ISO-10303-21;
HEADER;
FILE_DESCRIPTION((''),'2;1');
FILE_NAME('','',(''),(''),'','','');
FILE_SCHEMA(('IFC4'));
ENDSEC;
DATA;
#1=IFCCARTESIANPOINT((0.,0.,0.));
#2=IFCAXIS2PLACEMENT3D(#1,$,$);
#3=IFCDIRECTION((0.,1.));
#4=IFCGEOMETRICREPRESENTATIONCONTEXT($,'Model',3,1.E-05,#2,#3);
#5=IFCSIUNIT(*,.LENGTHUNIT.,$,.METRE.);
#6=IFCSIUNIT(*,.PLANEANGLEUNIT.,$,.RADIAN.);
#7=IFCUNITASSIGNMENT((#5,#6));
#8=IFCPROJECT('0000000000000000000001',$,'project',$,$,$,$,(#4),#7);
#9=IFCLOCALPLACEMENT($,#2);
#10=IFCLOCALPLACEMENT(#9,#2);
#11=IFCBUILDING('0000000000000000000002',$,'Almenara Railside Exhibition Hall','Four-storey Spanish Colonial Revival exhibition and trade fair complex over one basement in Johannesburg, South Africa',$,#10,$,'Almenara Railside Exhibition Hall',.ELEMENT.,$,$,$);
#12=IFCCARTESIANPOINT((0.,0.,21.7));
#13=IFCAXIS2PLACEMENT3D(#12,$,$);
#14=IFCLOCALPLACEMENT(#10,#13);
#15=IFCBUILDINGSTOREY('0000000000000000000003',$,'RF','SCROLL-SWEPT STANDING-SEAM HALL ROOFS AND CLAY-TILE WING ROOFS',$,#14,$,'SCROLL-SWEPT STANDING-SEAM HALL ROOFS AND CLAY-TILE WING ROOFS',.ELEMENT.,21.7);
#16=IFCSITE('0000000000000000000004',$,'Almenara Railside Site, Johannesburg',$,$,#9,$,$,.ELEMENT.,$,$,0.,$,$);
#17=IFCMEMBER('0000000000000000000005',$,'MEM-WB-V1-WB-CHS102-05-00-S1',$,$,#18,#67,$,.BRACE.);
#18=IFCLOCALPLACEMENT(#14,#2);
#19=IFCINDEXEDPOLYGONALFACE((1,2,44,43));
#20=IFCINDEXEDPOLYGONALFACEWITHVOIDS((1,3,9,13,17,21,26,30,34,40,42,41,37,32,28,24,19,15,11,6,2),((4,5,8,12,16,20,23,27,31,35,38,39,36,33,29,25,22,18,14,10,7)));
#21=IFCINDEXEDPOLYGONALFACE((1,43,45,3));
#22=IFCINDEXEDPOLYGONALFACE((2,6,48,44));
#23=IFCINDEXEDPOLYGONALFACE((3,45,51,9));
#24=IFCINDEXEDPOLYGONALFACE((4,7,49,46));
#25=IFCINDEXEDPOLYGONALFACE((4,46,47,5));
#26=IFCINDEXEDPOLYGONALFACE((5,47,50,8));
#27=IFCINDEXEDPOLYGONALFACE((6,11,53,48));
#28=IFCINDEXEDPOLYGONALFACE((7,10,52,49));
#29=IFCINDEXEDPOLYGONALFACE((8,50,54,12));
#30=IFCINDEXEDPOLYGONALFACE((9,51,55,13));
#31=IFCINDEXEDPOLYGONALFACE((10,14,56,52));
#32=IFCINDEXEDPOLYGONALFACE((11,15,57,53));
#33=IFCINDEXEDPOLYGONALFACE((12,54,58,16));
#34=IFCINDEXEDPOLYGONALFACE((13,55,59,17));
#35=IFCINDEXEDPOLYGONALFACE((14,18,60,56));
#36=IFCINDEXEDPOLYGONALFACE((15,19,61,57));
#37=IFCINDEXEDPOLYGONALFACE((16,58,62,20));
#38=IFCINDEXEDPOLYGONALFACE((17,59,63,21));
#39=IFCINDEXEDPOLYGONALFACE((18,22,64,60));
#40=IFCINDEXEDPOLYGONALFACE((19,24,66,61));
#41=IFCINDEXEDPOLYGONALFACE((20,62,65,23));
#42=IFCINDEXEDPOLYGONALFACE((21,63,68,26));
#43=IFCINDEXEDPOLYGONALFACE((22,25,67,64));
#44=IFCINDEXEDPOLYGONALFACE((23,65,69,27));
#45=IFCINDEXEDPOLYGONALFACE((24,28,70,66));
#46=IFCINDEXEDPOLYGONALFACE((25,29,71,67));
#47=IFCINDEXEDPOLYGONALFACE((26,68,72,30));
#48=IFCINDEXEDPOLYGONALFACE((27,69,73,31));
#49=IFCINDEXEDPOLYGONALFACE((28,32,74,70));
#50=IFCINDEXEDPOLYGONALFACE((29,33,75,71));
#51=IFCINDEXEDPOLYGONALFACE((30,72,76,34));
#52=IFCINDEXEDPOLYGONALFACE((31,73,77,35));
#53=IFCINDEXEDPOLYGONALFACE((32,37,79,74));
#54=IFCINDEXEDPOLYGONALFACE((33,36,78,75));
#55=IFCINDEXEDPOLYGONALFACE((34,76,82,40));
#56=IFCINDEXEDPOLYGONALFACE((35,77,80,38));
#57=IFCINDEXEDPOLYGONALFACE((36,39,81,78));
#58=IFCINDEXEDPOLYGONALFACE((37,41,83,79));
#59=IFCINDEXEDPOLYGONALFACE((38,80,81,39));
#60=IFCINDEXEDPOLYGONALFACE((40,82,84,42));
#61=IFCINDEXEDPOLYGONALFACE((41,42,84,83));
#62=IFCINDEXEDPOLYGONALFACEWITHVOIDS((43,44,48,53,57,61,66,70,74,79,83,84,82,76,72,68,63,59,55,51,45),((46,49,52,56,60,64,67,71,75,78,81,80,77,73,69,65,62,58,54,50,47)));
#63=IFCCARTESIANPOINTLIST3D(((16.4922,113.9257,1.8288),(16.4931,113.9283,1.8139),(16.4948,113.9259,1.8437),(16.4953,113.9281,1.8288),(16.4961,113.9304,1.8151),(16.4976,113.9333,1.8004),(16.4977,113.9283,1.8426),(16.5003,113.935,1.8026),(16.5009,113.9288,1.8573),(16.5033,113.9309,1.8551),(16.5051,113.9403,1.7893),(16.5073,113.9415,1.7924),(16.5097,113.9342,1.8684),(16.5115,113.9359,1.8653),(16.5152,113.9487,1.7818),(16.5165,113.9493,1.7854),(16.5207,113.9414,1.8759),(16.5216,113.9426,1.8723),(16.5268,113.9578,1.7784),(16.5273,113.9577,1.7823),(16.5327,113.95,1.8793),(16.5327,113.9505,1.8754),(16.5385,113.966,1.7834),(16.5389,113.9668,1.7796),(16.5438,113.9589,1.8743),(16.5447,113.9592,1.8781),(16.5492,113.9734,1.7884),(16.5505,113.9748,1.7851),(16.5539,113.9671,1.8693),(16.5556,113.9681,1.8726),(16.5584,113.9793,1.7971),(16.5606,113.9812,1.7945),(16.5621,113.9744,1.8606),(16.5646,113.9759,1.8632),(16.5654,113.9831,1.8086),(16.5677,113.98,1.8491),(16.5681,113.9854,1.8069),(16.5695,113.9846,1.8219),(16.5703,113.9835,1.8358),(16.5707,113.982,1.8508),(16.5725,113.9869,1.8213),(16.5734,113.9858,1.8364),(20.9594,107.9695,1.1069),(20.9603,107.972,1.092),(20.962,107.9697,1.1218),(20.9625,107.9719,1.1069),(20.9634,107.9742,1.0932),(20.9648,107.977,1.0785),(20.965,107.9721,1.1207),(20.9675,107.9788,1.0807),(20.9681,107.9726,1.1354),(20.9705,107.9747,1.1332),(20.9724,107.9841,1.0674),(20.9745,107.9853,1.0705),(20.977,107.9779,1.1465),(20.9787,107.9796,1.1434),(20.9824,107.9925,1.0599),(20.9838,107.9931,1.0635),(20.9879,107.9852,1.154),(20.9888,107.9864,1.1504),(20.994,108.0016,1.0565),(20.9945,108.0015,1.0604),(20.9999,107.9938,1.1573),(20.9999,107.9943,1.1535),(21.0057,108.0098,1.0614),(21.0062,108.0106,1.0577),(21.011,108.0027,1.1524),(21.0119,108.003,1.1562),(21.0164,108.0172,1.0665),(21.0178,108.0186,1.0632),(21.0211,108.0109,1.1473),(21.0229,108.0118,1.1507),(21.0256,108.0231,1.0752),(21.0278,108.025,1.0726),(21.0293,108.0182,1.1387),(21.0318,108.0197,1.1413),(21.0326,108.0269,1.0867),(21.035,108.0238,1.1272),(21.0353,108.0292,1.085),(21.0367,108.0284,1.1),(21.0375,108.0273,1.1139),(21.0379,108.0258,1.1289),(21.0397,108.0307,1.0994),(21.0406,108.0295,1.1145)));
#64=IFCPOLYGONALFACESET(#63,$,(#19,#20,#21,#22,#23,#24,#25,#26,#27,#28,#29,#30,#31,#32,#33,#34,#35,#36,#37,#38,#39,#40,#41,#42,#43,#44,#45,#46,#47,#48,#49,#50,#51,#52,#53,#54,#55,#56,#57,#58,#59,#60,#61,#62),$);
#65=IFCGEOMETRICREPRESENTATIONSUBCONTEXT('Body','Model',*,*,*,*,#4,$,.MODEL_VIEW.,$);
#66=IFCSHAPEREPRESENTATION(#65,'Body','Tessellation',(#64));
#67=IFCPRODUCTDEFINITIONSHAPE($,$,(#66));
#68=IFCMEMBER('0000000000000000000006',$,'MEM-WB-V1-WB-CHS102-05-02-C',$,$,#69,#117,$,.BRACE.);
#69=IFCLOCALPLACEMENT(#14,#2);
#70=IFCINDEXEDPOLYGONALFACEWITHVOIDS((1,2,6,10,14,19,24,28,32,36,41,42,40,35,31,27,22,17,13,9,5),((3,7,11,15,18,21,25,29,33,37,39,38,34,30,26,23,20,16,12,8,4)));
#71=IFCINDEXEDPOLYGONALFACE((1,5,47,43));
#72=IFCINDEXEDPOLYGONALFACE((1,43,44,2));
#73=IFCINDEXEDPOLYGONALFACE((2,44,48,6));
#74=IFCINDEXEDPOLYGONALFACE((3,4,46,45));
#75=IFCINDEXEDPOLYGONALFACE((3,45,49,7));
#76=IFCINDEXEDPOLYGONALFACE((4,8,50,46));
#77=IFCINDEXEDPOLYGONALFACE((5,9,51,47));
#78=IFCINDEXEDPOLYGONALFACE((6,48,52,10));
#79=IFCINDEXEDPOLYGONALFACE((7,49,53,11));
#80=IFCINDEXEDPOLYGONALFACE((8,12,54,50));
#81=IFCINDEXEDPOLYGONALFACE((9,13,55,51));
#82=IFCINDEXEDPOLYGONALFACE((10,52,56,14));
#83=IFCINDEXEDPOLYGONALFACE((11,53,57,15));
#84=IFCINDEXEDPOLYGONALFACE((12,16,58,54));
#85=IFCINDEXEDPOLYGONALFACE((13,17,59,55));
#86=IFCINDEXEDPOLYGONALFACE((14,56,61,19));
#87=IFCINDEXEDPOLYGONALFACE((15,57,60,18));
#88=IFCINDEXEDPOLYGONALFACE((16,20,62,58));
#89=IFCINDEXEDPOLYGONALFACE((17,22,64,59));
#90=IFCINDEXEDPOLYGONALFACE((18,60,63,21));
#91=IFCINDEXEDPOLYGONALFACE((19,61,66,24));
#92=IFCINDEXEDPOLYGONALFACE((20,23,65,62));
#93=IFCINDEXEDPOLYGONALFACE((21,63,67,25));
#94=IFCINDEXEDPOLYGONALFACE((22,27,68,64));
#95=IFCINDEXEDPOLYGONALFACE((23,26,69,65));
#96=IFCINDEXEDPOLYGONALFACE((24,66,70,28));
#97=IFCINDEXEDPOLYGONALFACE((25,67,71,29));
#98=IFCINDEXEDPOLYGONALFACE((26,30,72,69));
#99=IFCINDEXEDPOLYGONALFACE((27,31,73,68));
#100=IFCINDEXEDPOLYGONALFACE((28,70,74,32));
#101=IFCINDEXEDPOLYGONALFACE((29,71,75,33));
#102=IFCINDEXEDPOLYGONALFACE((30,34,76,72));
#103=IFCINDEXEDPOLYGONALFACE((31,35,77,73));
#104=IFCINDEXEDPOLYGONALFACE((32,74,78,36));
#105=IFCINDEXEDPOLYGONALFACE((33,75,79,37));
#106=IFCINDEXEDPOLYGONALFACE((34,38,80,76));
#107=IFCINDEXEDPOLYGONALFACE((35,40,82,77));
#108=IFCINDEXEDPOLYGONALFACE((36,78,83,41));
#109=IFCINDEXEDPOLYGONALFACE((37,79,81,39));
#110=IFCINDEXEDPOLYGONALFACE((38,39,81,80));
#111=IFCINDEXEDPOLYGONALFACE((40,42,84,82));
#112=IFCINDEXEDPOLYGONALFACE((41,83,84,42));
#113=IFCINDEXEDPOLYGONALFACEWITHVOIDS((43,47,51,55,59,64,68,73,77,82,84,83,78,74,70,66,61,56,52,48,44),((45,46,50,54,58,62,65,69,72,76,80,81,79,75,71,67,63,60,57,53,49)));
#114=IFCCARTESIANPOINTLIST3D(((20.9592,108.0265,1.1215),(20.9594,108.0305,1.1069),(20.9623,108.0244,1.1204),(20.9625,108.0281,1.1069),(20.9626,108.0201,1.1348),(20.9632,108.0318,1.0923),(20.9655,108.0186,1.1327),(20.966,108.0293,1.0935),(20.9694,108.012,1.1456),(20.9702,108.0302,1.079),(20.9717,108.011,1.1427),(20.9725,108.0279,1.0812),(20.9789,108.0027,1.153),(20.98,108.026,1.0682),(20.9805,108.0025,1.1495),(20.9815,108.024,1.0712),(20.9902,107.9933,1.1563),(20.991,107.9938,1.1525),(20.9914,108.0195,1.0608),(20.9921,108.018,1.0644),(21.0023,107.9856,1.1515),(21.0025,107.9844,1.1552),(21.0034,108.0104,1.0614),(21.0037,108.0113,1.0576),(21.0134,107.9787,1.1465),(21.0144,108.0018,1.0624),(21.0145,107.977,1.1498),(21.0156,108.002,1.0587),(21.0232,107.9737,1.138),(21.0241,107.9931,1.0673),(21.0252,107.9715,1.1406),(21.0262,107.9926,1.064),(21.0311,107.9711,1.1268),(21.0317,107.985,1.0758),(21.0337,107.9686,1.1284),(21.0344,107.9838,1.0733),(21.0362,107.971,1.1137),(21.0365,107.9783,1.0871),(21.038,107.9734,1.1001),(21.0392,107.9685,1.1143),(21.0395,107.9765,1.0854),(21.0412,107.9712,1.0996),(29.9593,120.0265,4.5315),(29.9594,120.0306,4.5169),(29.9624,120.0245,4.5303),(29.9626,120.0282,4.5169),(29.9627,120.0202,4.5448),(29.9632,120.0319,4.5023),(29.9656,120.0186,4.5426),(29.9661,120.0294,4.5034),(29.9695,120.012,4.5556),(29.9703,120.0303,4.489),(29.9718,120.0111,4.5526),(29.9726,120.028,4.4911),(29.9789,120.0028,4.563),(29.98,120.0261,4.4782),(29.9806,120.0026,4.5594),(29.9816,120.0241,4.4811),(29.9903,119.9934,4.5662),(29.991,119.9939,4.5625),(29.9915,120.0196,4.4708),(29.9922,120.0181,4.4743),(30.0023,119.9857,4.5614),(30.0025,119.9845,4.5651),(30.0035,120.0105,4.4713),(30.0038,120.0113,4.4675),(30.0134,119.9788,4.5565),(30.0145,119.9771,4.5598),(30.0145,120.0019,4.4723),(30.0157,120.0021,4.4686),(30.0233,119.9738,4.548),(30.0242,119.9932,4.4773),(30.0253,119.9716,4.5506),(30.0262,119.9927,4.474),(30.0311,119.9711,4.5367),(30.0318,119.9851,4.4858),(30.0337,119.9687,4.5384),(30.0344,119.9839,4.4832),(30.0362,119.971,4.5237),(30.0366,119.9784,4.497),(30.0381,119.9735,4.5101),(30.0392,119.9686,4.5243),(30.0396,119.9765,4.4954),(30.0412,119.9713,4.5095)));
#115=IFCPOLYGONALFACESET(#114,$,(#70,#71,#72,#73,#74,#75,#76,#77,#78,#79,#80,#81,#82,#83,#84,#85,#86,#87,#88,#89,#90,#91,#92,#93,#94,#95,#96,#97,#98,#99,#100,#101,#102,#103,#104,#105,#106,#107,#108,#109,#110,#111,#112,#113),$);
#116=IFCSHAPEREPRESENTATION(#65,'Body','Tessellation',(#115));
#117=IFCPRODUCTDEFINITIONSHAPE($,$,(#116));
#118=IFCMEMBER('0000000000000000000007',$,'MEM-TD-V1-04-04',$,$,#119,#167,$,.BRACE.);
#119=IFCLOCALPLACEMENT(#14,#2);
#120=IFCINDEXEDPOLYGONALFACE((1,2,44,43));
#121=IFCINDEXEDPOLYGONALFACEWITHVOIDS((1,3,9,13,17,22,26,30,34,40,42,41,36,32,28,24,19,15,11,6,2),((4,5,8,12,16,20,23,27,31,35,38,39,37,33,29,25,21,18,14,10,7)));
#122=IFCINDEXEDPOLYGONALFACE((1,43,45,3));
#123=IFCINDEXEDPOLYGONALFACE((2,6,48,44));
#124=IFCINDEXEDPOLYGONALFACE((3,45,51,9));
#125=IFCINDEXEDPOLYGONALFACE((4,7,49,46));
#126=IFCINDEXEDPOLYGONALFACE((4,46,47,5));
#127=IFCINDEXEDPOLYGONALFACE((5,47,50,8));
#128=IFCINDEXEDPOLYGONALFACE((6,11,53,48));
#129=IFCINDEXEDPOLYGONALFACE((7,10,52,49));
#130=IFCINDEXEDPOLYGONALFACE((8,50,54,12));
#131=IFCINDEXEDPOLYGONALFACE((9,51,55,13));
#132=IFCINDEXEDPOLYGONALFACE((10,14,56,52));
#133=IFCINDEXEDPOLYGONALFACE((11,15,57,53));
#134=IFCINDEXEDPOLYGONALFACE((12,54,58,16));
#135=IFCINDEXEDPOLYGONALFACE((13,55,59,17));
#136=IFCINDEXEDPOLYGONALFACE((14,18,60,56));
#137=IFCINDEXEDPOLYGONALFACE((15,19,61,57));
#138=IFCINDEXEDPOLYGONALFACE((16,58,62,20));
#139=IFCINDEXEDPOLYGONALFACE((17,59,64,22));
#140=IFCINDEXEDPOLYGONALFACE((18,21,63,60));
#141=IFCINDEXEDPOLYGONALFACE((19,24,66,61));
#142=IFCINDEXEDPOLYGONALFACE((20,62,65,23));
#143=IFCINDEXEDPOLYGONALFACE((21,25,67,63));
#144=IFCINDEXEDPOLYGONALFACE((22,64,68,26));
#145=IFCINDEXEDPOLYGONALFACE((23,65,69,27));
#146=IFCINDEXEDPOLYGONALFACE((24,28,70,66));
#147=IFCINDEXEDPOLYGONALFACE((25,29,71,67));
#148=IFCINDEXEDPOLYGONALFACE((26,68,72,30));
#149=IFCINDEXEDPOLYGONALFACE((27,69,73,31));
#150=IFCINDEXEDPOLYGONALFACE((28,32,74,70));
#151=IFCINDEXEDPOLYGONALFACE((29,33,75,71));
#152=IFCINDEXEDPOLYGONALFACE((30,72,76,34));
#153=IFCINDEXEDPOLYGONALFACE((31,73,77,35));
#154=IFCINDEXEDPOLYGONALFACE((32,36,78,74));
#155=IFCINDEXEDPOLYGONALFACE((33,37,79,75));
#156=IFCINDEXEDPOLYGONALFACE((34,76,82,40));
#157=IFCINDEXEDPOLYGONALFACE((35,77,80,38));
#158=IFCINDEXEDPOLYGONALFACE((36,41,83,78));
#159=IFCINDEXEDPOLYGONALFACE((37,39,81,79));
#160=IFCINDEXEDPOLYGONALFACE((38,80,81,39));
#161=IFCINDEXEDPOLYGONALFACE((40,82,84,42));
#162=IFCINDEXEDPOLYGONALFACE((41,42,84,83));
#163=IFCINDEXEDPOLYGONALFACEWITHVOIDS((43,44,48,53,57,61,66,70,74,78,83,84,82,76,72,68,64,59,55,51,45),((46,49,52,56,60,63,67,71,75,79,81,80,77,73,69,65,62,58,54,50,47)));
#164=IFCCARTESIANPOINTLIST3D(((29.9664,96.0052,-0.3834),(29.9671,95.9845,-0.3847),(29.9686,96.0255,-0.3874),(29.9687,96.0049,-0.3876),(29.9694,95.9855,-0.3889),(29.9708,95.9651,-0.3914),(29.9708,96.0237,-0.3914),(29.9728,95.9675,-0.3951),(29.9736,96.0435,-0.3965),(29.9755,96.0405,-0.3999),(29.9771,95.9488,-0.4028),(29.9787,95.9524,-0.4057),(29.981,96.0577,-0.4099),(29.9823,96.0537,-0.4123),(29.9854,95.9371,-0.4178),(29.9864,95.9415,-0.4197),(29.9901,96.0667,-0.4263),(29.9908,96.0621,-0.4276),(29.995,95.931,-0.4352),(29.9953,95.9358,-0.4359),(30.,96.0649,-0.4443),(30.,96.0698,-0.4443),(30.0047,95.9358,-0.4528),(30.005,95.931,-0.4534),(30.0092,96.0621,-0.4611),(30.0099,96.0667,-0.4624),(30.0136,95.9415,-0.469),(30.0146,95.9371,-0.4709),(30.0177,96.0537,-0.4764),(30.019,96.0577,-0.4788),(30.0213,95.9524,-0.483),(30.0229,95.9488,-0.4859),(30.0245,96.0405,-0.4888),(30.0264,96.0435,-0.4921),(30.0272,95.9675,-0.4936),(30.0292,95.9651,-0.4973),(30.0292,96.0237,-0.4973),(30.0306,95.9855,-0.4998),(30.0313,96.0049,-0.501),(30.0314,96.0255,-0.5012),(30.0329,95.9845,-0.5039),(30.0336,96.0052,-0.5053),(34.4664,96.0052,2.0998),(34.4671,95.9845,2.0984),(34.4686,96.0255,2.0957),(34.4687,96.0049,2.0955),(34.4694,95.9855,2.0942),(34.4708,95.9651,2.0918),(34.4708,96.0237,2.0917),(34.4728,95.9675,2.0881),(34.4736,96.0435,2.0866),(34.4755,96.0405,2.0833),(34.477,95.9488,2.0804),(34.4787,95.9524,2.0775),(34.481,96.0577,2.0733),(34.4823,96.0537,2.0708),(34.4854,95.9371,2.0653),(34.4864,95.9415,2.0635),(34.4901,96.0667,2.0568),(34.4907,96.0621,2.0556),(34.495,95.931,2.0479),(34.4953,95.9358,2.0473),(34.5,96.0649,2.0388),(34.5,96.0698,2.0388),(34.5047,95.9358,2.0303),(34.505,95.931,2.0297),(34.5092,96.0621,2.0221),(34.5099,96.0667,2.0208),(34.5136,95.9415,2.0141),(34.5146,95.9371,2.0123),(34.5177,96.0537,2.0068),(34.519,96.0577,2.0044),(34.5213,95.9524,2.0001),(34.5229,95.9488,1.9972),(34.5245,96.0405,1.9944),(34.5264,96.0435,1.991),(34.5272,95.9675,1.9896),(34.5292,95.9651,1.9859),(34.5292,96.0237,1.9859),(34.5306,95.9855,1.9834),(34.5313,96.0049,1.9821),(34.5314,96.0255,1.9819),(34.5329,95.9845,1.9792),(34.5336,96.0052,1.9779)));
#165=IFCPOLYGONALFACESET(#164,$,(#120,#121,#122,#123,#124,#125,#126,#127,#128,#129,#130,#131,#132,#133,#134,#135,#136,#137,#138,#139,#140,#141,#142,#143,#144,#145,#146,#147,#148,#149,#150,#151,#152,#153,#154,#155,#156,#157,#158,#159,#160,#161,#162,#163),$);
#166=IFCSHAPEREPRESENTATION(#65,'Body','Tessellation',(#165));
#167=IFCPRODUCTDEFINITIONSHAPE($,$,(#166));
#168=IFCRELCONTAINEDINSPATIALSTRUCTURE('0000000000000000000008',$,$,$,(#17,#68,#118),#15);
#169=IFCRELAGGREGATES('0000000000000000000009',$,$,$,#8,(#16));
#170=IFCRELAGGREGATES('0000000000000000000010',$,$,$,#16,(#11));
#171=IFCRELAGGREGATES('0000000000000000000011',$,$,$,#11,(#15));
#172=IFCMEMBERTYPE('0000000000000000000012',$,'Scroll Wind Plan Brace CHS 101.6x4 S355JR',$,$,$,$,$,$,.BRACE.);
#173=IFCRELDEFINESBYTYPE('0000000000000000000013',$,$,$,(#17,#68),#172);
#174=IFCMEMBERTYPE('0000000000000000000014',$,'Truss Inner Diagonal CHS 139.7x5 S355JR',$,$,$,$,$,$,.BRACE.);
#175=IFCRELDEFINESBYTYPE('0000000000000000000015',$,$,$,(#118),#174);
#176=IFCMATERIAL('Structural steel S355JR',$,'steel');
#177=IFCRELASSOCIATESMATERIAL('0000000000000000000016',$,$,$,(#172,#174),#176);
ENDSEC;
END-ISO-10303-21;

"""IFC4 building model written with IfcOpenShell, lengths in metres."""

from ifc_helpers import new_model, si_unit, direction, frame, origin, origin_2d, place, context, subcontext, project, spatial, hollow_circle, extrude, material, material_profile, profile_set, type_object, element, save


model = new_model("IFC4")

# Units and contexts
model_context = context("Model", 3, precision=1e-05, world=origin(), true_north=direction((0.0, 1.0)))
body_context = subcontext(model_context, "Body", "Model", "MODEL_VIEW")
ifc_project = project(units=[si_unit("LENGTHUNIT", "METRE"), si_unit("PLANEANGLEUNIT", "RADIAN")], contexts=[model_context])

# Site, building, storey
site_placement = place(None, origin())
site = spatial("IfcSite", under=ifc_project, at=site_placement, Name="Almenara Railside Site, Johannesburg", CompositionType="ELEMENT", RefElevation=0.0)
building_placement = place(site_placement, origin())
building = spatial("IfcBuilding", under=site, at=building_placement, Name="Almenara Railside Exhibition Hall", Description="Four-storey Spanish Colonial Revival exhibition and trade fair complex over one basement in Johannesburg, South Africa", LongName="Almenara Railside Exhibition Hall", CompositionType="ELEMENT")
storey_placement = place(building_placement, frame((0.0, 0.0, 21.7)))
storey = spatial("IfcBuildingStorey", under=building, at=storey_placement, Name="RF", Description="SCROLL-SWEPT STANDING-SEAM HALL ROOFS AND CLAY-TILE WING ROOFS", LongName="SCROLL-SWEPT STANDING-SEAM HALL ROOFS AND CLAY-TILE WING ROOFS", CompositionType="ELEMENT", Elevation=21.7)

# Members
ifc_material_1 = material(Name="Structural steel S355JR", Category="steel")
ifc_material_profile_1 = material_profile(ifc_material_1, hollow_circle(Radius=0.0508, WallThickness=0.0039, at=origin_2d()), Name="CHS 101.6x4")
ifc_profile_set_1 = profile_set([ifc_material_profile_1], Name="Structural steel S355JR")
member_type_1 = type_object("IfcMemberType", Name="Scroll Wind Plan Brace CHS 101.6x4 S355JR", PredefinedType="BRACE", material=ifc_profile_set_1)
member_1_placement = place(storey_placement, frame((21.0, 108.0, 1.1069), z_axis=(-0.597204, 0.796262, 0.09651), x_axis=(-0.799996, -0.600005, 0.0)))
element("IfcMember", 1, at=member_1_placement, inside=storey, type_object=member_type_1, Name="MEM-WB-V1-WB-CHS102-05-00-S1", PredefinedType="BRACE", context=body_context, shape_type="SweptSolid", body=[
    extrude(hollow_circle(Radius=0.0508, WallThickness=0.0039, at=origin_2d()), origin(), (0.0, 0.0, 1.0), 7.4802),
])
member_2_placement = place(storey_placement, frame((21.0, 108.0, 1.1069), z_axis=(0.585073, 0.780097, 0.221672), x_axis=(-0.8, 0.6, 0.0)))
element("IfcMember", 2, at=member_2_placement, inside=storey, type_object=member_type_1, Name="MEM-WB-V1-WB-CHS102-05-02-C", PredefinedType="BRACE", context=body_context, shape_type="SweptSolid", body=[
    extrude(hollow_circle(Radius=0.0508, WallThickness=0.0039, at=origin_2d()), origin(), (0.0, 0.0, 1.0), 15.3828),
])
ifc_material_profile_2 = material_profile(ifc_material_1, hollow_circle(Radius=0.0698, WallThickness=0.0049, at=origin_2d()), Name="CHS 139.7x5")
ifc_profile_set_2 = profile_set([ifc_material_profile_2], Name="Structural steel S355JR")
member_type_2 = type_object("IfcMemberType", Name="Truss Inner Diagonal CHS 139.7x5 S355JR", PredefinedType="BRACE", material=ifc_profile_set_2)
member_3_placement = place(storey_placement, frame((30.0, 96.0, -0.4443), z_axis=(0.875545, 0.0, 0.483136), x_axis=(0.0, 1.0, 0.0)))
element("IfcMember", 3, at=member_3_placement, inside=storey, type_object=member_type_2, Name="MEM-TD-V1-04-04", PredefinedType="BRACE", context=body_context, shape_type="SweptSolid", body=[
    extrude(hollow_circle(Radius=0.0698, WallThickness=0.0049, at=origin_2d()), origin(), (0.0, 0.0, 1.0), 5.1396),
])

save(model, "model.ifc")
